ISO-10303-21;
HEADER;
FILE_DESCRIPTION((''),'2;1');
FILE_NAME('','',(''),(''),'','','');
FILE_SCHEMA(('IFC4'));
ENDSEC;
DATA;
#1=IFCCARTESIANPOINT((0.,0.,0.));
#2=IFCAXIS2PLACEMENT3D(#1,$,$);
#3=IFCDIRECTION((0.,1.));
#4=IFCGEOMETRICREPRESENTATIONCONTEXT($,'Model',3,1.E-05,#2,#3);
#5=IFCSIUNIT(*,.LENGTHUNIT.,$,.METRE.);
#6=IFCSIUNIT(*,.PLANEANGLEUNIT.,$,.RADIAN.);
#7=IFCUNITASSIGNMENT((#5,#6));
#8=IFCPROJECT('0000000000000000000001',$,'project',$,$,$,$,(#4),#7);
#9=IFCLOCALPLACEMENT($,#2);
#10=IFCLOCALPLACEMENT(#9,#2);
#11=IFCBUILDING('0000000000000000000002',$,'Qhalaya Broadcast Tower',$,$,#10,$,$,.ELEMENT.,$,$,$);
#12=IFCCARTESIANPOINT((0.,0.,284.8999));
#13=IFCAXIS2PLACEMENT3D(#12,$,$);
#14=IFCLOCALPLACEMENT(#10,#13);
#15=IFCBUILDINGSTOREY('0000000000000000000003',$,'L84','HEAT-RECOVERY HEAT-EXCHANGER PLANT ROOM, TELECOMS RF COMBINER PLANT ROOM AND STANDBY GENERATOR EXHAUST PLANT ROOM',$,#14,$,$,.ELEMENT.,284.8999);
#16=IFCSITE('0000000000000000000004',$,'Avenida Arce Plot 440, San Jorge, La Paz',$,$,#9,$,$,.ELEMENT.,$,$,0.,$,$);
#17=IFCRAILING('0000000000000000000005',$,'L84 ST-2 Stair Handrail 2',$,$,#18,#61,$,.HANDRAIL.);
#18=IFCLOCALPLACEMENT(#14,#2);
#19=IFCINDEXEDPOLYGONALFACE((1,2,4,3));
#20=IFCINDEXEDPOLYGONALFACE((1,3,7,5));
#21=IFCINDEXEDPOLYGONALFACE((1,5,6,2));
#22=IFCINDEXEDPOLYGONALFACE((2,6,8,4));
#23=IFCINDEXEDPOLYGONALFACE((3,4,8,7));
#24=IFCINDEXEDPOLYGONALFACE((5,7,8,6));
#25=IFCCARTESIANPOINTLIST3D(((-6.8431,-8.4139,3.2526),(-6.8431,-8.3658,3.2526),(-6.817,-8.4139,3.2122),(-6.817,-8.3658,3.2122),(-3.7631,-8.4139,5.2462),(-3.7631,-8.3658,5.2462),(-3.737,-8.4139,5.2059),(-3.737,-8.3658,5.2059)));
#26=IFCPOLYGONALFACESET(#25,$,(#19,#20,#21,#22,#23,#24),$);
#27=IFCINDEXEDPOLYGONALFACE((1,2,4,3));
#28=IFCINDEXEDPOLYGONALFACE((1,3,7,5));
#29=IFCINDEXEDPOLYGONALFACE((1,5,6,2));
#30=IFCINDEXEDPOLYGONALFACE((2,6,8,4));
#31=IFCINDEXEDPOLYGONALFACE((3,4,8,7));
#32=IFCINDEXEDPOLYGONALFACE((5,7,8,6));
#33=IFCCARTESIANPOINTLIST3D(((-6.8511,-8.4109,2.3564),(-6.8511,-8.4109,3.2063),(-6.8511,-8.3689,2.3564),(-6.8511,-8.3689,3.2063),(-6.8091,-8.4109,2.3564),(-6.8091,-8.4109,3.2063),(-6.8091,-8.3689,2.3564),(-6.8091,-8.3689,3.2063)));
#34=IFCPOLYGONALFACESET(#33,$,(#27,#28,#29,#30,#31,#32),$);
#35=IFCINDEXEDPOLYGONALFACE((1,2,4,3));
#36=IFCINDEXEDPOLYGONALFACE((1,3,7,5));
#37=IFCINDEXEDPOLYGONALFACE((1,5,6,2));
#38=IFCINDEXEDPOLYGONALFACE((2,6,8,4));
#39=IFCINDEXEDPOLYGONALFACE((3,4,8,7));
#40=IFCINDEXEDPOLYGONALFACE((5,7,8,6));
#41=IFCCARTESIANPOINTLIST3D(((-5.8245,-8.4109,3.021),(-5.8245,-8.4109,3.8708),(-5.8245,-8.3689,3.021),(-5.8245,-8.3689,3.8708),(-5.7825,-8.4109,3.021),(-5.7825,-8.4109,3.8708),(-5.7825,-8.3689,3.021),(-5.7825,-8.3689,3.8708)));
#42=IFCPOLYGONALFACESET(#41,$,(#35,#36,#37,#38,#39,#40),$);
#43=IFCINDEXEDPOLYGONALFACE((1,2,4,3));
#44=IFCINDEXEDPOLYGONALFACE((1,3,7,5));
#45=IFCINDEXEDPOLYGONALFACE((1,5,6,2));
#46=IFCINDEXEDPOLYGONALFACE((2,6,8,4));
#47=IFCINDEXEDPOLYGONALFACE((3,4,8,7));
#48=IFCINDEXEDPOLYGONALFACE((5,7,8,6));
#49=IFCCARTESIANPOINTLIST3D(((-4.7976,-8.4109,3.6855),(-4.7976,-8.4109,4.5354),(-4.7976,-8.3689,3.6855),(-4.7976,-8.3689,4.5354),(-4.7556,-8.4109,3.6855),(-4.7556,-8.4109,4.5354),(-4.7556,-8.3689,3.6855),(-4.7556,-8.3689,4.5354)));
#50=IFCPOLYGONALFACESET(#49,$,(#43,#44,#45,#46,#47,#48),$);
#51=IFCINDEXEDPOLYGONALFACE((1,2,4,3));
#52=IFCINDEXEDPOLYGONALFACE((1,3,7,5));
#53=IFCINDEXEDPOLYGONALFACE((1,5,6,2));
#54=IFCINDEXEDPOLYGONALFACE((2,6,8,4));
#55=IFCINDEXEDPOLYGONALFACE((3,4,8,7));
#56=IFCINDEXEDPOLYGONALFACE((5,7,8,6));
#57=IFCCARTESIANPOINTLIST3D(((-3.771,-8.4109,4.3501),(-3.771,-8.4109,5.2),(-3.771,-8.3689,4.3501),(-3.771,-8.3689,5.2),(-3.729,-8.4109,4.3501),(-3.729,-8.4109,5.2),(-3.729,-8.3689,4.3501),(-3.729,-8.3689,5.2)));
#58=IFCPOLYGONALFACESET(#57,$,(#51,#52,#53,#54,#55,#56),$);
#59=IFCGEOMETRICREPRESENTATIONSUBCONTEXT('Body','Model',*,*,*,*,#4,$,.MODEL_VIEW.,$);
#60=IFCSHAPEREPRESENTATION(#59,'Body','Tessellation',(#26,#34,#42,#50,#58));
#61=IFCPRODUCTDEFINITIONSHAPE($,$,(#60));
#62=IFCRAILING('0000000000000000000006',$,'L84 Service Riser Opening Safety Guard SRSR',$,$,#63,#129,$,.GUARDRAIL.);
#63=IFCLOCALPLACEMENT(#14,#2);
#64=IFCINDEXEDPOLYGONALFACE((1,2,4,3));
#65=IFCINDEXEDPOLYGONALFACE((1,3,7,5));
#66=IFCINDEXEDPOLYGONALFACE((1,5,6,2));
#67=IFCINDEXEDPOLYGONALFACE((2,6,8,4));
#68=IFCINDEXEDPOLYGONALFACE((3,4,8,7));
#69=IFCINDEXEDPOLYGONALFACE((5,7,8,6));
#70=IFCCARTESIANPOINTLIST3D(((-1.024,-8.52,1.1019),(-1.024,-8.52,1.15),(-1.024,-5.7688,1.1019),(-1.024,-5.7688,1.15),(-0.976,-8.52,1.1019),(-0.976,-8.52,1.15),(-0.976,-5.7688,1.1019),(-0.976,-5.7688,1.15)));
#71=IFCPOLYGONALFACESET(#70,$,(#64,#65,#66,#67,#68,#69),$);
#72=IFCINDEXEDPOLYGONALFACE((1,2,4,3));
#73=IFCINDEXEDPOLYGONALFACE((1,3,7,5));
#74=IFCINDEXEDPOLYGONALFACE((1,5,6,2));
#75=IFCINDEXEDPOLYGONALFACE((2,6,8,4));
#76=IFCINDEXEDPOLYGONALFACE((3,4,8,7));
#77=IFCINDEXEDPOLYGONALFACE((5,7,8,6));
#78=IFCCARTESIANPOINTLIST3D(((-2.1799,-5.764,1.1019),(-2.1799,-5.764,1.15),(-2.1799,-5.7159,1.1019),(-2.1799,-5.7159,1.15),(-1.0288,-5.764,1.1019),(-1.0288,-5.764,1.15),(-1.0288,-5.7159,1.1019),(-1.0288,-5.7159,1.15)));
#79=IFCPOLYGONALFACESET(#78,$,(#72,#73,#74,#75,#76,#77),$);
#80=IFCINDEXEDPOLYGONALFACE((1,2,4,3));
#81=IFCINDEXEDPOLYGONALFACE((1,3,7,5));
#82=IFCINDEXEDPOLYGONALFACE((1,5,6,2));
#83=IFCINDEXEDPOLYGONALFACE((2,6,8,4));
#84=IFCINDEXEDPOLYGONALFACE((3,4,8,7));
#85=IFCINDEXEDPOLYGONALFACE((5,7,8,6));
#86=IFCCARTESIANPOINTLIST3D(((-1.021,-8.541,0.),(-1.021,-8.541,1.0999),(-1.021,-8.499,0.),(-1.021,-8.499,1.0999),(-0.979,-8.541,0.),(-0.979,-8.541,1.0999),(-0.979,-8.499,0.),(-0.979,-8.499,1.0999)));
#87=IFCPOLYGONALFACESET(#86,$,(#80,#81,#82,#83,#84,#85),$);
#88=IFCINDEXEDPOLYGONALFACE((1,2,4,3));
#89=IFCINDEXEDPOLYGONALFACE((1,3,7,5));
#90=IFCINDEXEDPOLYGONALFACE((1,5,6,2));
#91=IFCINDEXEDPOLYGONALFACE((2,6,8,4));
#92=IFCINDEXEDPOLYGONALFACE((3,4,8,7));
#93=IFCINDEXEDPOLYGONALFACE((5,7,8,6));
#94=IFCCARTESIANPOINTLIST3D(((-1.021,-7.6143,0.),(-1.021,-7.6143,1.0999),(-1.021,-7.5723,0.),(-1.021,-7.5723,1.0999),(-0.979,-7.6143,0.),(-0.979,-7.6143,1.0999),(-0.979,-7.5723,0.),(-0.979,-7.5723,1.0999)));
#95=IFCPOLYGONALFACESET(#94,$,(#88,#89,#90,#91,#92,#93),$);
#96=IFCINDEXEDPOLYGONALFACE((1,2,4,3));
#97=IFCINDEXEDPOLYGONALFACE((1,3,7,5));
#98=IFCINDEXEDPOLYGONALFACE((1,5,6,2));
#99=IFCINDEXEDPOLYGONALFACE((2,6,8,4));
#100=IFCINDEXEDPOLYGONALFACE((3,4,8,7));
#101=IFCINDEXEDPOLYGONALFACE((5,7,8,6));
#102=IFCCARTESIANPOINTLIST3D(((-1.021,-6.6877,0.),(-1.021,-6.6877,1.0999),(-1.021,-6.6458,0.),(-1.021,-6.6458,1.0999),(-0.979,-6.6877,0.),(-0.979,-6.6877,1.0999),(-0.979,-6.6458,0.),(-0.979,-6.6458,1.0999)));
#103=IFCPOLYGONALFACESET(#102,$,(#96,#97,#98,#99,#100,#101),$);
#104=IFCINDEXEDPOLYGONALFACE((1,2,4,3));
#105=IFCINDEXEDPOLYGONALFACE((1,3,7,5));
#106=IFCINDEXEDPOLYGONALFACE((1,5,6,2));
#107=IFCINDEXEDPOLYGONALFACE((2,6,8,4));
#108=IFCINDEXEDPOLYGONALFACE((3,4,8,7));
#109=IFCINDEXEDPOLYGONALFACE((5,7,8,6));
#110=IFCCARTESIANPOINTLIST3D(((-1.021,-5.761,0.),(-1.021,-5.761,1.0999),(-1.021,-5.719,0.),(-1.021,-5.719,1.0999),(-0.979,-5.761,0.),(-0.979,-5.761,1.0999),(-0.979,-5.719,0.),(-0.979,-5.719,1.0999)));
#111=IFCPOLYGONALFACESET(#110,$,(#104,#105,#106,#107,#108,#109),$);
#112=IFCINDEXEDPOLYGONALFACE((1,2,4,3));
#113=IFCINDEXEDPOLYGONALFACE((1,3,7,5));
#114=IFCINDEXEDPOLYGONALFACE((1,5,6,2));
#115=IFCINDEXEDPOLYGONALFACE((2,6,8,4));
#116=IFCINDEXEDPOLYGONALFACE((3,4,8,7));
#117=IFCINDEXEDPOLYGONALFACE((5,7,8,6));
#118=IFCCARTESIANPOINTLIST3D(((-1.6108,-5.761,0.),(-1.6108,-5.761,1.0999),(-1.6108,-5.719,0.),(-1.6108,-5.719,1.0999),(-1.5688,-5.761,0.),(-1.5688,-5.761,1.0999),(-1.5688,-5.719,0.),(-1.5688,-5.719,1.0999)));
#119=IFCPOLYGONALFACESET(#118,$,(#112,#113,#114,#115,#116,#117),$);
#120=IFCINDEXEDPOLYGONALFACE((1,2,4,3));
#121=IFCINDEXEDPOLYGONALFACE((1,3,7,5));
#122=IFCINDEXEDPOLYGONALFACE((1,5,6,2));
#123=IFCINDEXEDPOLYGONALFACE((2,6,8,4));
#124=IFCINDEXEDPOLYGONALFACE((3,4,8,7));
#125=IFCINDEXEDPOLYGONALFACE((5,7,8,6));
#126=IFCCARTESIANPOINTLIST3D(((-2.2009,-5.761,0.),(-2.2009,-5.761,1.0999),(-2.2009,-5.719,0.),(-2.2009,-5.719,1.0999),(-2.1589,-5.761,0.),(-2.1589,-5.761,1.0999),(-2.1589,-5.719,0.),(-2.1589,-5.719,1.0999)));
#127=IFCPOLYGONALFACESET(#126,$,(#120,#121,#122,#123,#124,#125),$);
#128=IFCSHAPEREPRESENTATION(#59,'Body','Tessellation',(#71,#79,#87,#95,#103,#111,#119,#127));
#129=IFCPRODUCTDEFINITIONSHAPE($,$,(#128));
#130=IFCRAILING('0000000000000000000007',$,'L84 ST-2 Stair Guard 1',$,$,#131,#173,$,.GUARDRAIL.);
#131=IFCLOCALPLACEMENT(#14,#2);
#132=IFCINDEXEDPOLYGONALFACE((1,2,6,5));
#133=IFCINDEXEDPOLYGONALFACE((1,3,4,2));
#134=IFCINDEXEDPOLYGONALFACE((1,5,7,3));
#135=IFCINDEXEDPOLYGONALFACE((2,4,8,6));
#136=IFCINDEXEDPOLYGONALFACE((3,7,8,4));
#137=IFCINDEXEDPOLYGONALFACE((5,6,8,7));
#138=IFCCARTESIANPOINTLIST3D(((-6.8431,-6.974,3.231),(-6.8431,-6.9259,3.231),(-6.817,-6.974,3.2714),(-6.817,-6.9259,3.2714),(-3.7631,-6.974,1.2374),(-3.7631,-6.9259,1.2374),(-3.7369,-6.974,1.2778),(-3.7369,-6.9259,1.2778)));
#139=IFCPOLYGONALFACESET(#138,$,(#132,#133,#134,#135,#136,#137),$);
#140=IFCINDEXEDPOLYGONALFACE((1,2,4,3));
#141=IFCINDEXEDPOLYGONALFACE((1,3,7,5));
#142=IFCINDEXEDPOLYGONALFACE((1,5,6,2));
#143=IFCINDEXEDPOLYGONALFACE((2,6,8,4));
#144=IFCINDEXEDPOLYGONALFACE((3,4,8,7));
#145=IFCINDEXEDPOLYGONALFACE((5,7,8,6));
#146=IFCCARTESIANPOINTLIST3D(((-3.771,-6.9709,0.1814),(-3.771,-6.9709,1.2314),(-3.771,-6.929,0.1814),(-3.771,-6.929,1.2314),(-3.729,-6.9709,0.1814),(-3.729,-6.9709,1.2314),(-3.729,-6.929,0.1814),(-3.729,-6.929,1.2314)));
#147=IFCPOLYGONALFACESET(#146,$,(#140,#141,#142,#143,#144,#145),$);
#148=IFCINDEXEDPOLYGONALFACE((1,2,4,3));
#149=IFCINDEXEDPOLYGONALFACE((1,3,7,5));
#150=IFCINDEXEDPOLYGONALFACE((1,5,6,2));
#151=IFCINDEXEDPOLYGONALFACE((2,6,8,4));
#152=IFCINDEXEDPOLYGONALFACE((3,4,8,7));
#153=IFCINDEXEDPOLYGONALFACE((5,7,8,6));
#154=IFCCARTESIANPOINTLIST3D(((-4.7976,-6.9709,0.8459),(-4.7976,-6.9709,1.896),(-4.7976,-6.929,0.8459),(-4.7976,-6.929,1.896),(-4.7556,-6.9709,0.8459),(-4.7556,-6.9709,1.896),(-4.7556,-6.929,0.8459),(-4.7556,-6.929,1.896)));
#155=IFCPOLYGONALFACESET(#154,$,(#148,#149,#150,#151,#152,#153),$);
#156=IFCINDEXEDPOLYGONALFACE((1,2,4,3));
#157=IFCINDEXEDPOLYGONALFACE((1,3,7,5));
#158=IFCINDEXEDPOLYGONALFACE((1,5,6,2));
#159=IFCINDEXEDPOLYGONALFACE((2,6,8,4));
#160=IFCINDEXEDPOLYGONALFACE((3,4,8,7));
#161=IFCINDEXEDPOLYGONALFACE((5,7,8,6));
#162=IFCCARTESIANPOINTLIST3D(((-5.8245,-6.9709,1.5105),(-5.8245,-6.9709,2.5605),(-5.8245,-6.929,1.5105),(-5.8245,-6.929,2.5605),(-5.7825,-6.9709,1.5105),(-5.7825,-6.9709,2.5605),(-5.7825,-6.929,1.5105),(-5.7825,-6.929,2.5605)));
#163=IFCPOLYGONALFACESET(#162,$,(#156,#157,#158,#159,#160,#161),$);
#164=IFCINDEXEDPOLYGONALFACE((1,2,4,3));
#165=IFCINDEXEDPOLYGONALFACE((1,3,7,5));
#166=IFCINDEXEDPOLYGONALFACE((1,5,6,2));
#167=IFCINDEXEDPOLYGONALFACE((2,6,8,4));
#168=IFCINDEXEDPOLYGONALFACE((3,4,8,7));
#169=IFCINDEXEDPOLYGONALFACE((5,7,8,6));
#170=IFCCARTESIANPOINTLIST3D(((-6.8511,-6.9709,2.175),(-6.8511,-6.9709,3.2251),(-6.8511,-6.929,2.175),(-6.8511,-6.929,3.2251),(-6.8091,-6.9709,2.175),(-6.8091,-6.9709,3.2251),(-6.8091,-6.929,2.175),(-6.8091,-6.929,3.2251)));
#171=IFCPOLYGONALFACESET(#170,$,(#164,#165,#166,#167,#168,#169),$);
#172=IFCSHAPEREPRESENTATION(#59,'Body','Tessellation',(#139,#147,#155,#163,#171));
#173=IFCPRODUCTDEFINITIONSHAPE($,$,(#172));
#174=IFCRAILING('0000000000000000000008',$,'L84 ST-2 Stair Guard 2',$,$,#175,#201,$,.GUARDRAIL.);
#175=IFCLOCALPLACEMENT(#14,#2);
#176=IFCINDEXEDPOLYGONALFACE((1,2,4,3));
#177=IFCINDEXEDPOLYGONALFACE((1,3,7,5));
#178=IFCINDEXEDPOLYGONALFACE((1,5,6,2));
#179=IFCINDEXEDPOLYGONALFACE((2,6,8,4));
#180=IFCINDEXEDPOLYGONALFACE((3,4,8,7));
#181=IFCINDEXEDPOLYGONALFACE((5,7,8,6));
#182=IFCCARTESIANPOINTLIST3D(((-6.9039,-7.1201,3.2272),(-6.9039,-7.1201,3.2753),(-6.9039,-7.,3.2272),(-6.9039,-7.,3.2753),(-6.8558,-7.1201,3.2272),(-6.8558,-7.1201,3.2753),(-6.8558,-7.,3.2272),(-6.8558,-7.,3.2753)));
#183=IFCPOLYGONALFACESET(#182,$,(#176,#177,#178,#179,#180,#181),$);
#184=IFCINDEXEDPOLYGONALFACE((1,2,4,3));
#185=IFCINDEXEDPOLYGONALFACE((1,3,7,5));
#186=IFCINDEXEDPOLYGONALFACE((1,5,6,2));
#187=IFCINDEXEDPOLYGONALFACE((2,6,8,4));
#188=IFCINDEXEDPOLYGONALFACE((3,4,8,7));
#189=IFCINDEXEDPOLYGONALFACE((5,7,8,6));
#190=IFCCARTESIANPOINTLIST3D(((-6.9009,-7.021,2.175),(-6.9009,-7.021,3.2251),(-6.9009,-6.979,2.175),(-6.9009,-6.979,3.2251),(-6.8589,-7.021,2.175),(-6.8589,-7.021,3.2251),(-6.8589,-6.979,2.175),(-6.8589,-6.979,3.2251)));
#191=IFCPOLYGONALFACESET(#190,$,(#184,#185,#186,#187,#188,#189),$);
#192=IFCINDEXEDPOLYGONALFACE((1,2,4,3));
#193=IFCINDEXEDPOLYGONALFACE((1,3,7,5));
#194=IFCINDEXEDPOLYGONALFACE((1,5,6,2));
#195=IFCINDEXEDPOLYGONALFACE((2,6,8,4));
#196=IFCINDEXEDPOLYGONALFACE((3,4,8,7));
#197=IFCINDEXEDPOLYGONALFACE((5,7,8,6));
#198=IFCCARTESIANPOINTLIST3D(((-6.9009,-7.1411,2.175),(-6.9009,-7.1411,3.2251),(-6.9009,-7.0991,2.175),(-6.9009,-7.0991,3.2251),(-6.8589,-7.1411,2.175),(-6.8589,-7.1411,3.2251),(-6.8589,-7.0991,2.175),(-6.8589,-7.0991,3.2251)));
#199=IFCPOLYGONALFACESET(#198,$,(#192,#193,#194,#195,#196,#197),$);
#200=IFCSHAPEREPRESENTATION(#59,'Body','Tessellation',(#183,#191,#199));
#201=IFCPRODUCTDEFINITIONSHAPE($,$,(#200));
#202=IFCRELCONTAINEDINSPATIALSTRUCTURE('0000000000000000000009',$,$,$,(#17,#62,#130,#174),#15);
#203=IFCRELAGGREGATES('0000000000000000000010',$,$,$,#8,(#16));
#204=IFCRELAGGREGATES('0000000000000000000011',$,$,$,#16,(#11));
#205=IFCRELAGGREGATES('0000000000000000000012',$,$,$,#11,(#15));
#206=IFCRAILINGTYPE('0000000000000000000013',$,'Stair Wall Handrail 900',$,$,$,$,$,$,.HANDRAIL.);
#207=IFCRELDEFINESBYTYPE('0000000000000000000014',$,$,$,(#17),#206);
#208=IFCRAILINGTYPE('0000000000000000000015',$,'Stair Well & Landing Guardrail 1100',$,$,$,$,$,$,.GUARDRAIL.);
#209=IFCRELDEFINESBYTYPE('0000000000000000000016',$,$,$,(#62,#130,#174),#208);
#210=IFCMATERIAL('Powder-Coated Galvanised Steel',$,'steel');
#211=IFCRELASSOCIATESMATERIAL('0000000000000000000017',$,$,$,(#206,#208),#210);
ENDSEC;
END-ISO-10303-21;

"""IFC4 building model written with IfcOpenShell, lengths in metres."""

from ifc_helpers import new_model, si_unit, direction, frame, origin, origin_2d, place, context, subcontext, project, spatial, rectangle, extrude, material, type_object, element, save


model = new_model("IFC4")

# Units and contexts
model_context = context("Model", 3, precision=1e-05, world=origin(), true_north=direction((0.0, 1.0)))
body_context = subcontext(model_context, "Body", "Model", "MODEL_VIEW")
ifc_project = project(units=[si_unit("LENGTHUNIT", "METRE"), si_unit("PLANEANGLEUNIT", "RADIAN")], contexts=[model_context])

# Site, building, storey
site_placement = place(None, origin())
site = spatial("IfcSite", under=ifc_project, at=site_placement, Name="Avenida Arce Plot 440, San Jorge, La Paz", CompositionType="ELEMENT", RefElevation=0.0)
building_placement = place(site_placement, origin())
building = spatial("IfcBuilding", under=site, at=building_placement, Name="Qhalaya Broadcast Tower", CompositionType="ELEMENT")
storey_placement = place(building_placement, frame((0.0, 0.0, 284.8999)))
storey = spatial("IfcBuildingStorey", under=building, at=storey_placement, Name="L84", Description="HEAT-RECOVERY HEAT-EXCHANGER PLANT ROOM, TELECOMS RF COMBINER PLANT ROOM AND STANDBY GENERATOR EXHAUST PLANT ROOM", CompositionType="ELEMENT", Elevation=284.8999)

# Railings
ifc_material_1 = material(Name="Powder-Coated Galvanised Steel", Category="steel")
railing_type_1 = type_object("IfcRailingType", Name="Stair Wall Handrail 900", PredefinedType="HANDRAIL", material=ifc_material_1)
railing_1_placement = place(storey_placement, frame((-6.8301, -8.3899, 2.3564)))
element("IfcRailing", 1, at=railing_1_placement, inside=storey, type_object=railing_type_1, Name="L84 ST-2 Stair Handrail 2", PredefinedType="HANDRAIL", context=body_context, shape_type="SweptSolid", body=[
    extrude(rectangle(XDim=0.0481, YDim=0.0481, at=origin_2d()), frame((0.0, 0.0, 0.876), z_axis=(0.839488, 0.0, 0.543378), x_axis=(0.0, 1.0, 0.0)), (0.0, 0.0, 1.0), 3.6689),
    extrude(rectangle(XDim=0.042, YDim=0.042, at=origin_2d()), origin(), (0.0, 0.0, 1.0), 0.8499),
    extrude(rectangle(XDim=0.042, YDim=0.042, at=origin_2d()), frame((1.0266, 0.0, 0.6646)), (0.0, 0.0, 1.0), 0.8499),
    extrude(rectangle(XDim=0.042, YDim=0.042, at=origin_2d()), frame((2.0535, 0.0, 1.3291)), (0.0, 0.0, 1.0), 0.8499),
    extrude(rectangle(XDim=0.042, YDim=0.042, at=origin_2d()), frame((3.0801, 0.0, 1.9937)), (0.0, 0.0, 1.0), 0.8499),
])
railing_type_2 = type_object("IfcRailingType", Name="Stair Well & Landing Guardrail 1100", PredefinedType="GUARDRAIL", material=ifc_material_1)
railing_2_placement = place(storey_placement, frame((-1.0, -8.52, 0.0)))
element("IfcRailing", 2, at=railing_2_placement, inside=storey, type_object=railing_type_2, Name="L84 Service Riser Opening Safety Guard SRSR", PredefinedType="GUARDRAIL", context=body_context, shape_type="SweptSolid", body=[
    extrude(rectangle(XDim=0.0481, YDim=0.0481, at=origin_2d()), frame((0.0, 0.0, 1.126), z_axis=(0.0, 1.0, 0.0), x_axis=(-1.0, 0.0, 0.0)), (0.0, 0.0, 1.0), 2.7512),
    extrude(rectangle(XDim=0.0481, YDim=0.0481, at=origin_2d()), frame((-0.0288, 2.78, 1.126), z_axis=(-1.0, 0.0, 0.0), x_axis=(0.0, -1.0, 0.0)), (0.0, 0.0, 1.0), 1.1511),
    extrude(rectangle(XDim=0.042, YDim=0.042, at=origin_2d()), origin(), (0.0, 0.0, 1.0), 1.0999),
    extrude(rectangle(XDim=0.042, YDim=0.042, at=origin_2d()), frame((0.0, 0.9268, 0.0)), (0.0, 0.0, 1.0), 1.0999),
    extrude(rectangle(XDim=0.042, YDim=0.042, at=origin_2d()), frame((0.0, 1.8533, 0.0)), (0.0, 0.0, 1.0), 1.0999),
    extrude(rectangle(XDim=0.042, YDim=0.042, at=origin_2d()), frame((0.0, 2.78, 0.0)), (0.0, 0.0, 1.0), 1.0999),
    extrude(rectangle(XDim=0.042, YDim=0.042, at=origin_2d()), frame((-0.5898, 2.78, 0.0)), (0.0, 0.0, 1.0), 1.0999),
    extrude(rectangle(XDim=0.042, YDim=0.042, at=origin_2d()), frame((-1.1799, 2.78, 0.0)), (0.0, 0.0, 1.0), 1.0999),
])
railing_3_placement = place(storey_placement, frame((-3.75, -6.95, 0.1814)))
element("IfcRailing", 3, at=railing_3_placement, inside=storey, type_object=railing_type_2, Name="L84 ST-2 Stair Guard 1", PredefinedType="GUARDRAIL", context=body_context, shape_type="SweptSolid", body=[
    extrude(rectangle(XDim=0.0481, YDim=0.0481, at=origin_2d()), frame((0.0, 0.0, 1.0762), z_axis=(-0.839488, 0.0, 0.543378), x_axis=(0.0, -1.0, 0.0)), (0.0, 0.0, 1.0), 3.6689),
    extrude(rectangle(XDim=0.042, YDim=0.042, at=origin_2d()), origin(), (0.0, 0.0, 1.0), 1.05),
    extrude(rectangle(XDim=0.042, YDim=0.042, at=origin_2d()), frame((-1.0266, 0.0, 0.6646)), (0.0, 0.0, 1.0), 1.05),
    extrude(rectangle(XDim=0.042, YDim=0.042, at=origin_2d()), frame((-2.0535, 0.0, 1.3291)), (0.0, 0.0, 1.0), 1.05),
    extrude(rectangle(XDim=0.042, YDim=0.042, at=origin_2d()), frame((-3.0801, 0.0, 1.9937)), (0.0, 0.0, 1.0), 1.05),
])
railing_4_placement = place(storey_placement, frame((-6.8799, -7.0, 2.175)))
element("IfcRailing", 4, at=railing_4_placement, inside=storey, type_object=railing_type_2, Name="L84 ST-2 Stair Guard 2", PredefinedType="GUARDRAIL", context=body_context, shape_type="SweptSolid", body=[
    extrude(rectangle(XDim=0.0481, YDim=0.0481, at=origin_2d()), frame((0.0, 0.0, 1.0762), z_axis=(0.0, -1.0, 0.0), x_axis=(1.0, 0.0, 0.0)), (0.0, 0.0, 1.0), 0.1201),
    extrude(rectangle(XDim=0.042, YDim=0.042, at=origin_2d()), origin(), (0.0, 0.0, 1.0), 1.05),
    extrude(rectangle(XDim=0.042, YDim=0.042, at=origin_2d()), frame((0.0, -0.1201, 0.0)), (0.0, 0.0, 1.0), 1.05),
])

save(model, "model.ifc")
